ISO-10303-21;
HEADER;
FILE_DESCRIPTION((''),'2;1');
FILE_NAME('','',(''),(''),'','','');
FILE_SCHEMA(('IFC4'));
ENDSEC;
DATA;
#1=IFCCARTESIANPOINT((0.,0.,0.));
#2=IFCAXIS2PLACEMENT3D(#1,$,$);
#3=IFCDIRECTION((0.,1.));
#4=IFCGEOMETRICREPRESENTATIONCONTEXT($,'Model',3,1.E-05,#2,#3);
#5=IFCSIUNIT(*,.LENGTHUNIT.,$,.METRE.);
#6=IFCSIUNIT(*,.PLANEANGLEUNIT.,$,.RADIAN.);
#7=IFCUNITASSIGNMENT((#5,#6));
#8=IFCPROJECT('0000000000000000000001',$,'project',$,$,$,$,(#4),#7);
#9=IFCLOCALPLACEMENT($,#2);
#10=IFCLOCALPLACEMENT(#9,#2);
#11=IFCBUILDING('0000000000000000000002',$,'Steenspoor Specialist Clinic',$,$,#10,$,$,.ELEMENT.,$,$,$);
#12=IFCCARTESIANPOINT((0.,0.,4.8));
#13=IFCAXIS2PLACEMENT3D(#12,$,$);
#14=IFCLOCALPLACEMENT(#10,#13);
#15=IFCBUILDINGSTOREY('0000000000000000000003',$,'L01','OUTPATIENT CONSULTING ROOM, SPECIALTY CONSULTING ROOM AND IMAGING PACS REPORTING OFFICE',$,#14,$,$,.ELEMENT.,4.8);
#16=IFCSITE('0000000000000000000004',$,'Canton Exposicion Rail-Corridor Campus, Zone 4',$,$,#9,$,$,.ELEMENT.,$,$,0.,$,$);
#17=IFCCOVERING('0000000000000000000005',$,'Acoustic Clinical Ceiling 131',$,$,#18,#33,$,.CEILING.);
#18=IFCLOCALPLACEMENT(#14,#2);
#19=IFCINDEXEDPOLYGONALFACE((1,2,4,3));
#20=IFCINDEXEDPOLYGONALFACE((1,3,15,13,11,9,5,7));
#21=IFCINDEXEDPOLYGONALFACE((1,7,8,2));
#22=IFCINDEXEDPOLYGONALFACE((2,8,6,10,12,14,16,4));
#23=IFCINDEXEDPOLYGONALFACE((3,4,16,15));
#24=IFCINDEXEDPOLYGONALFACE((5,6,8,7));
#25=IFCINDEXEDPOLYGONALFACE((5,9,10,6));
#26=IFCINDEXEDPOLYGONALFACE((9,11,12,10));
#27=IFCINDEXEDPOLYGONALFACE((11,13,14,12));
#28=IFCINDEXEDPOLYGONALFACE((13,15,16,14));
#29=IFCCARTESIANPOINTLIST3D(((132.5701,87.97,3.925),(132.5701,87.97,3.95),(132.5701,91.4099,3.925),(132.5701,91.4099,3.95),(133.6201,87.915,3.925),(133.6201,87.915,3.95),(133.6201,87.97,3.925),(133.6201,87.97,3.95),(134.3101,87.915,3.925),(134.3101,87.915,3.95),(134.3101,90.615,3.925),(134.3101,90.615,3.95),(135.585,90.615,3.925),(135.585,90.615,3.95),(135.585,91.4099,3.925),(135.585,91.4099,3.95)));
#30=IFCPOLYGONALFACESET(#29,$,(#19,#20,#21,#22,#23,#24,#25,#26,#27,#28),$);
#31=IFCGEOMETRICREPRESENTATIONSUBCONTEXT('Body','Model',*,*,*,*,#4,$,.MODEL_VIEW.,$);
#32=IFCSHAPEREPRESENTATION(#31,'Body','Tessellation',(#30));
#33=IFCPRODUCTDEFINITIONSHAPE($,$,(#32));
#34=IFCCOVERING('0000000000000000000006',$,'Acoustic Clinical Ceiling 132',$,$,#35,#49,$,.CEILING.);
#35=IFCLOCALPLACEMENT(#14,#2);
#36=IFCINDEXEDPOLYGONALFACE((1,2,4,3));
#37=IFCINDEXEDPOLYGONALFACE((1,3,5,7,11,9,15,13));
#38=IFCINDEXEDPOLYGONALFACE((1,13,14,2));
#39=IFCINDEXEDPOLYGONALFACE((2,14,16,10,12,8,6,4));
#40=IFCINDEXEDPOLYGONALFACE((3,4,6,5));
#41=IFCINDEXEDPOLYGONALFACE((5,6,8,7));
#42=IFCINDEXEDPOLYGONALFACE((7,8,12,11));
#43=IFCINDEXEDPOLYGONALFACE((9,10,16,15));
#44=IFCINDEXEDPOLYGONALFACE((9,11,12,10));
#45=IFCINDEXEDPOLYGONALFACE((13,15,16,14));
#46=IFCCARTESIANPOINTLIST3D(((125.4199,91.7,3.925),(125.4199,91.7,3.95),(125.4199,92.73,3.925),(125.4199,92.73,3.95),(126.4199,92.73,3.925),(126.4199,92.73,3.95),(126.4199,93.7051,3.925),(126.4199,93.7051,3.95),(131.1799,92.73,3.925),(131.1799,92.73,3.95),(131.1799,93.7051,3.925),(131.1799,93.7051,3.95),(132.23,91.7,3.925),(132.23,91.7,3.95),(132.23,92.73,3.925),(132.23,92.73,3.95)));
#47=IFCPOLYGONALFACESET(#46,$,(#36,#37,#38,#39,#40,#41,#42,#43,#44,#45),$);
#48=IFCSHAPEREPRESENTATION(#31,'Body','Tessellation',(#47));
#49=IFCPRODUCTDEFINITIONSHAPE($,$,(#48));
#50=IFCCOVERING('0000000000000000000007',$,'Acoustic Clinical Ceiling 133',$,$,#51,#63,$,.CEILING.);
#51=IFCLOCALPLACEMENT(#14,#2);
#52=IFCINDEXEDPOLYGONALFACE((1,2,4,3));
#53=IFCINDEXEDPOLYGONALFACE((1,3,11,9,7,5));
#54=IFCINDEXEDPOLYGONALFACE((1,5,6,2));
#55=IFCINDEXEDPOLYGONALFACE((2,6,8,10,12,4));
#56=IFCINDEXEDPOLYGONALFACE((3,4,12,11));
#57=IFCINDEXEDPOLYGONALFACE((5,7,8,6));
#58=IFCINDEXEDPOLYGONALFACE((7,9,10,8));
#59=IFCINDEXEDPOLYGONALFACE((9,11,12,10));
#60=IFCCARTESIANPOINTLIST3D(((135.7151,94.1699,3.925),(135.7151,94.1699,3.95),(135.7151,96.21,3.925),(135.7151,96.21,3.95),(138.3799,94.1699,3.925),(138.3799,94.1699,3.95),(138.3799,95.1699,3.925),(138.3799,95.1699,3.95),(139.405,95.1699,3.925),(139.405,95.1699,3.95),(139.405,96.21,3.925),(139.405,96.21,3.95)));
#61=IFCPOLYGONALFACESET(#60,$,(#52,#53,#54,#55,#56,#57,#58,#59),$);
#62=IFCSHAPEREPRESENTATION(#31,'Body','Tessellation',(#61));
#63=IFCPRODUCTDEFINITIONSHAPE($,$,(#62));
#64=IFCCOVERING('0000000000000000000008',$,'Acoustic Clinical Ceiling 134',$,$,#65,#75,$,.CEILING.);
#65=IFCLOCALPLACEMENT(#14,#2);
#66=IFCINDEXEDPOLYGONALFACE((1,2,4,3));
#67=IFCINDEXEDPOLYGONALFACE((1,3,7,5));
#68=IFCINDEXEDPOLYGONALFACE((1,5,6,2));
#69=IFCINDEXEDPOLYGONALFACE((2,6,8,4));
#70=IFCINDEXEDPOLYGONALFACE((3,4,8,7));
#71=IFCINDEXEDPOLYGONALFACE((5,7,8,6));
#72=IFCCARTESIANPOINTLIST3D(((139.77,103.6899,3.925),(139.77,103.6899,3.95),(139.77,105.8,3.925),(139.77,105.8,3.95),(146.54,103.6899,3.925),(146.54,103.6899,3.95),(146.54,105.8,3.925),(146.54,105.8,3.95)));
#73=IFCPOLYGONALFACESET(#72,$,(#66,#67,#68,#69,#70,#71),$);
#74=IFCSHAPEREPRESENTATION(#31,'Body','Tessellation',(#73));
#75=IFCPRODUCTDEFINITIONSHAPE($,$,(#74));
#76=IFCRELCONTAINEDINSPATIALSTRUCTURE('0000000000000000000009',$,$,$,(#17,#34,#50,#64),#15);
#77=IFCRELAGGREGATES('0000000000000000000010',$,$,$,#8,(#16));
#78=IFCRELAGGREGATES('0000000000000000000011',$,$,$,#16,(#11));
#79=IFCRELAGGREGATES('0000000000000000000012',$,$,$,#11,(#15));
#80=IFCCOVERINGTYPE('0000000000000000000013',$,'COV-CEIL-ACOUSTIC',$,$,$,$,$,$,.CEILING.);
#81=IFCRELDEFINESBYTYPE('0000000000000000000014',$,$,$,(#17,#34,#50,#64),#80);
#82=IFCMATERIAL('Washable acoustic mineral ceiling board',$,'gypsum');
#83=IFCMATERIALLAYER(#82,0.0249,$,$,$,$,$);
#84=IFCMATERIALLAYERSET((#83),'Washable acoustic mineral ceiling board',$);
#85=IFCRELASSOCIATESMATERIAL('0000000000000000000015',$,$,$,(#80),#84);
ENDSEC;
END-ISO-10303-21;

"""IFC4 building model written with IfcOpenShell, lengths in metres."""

from ifc_helpers import new_model, si_unit, direction, frame, origin, place, context, subcontext, project, spatial, polyline, outline, extrude, material, layer, layer_set, type_object, element, save


model = new_model("IFC4")

# Units and contexts
model_context = context("Model", 3, precision=1e-05, world=origin(), true_north=direction((0.0, 1.0)))
body_context = subcontext(model_context, "Body", "Model", "MODEL_VIEW")
ifc_project = project(units=[si_unit("LENGTHUNIT", "METRE"), si_unit("PLANEANGLEUNIT", "RADIAN")], contexts=[model_context])

# Site, building, storey
site_placement = place(None, origin())
site = spatial("IfcSite", under=ifc_project, at=site_placement, Name="Canton Exposicion Rail-Corridor Campus, Zone 4", CompositionType="ELEMENT", RefElevation=0.0)
building_placement = place(site_placement, origin())
building = spatial("IfcBuilding", under=site, at=building_placement, Name="Steenspoor Specialist Clinic", CompositionType="ELEMENT")
storey_placement = place(building_placement, frame((0.0, 0.0, 4.8)))
storey = spatial("IfcBuildingStorey", under=building, at=storey_placement, Name="L01", Description="OUTPATIENT CONSULTING ROOM, SPECIALTY CONSULTING ROOM AND IMAGING PACS REPORTING OFFICE", CompositionType="ELEMENT", Elevation=4.8)

# Coverings
ifc_material = material(Name="Washable acoustic mineral ceiling board", Category="gypsum")
ifc_layer = layer(ifc_material, 0.0249)
ifc_layer_set = layer_set([ifc_layer], Name="Washable acoustic mineral ceiling board")
covering_type = type_object("IfcCoveringType", Name="COV-CEIL-ACOUSTIC", PredefinedType="CEILING", material=ifc_layer_set)
covering_1_placement = place(storey_placement, frame((0.0, 0.0, 3.925)))
element("IfcCovering", 1, at=covering_1_placement, inside=storey, type_object=covering_type, Name="Acoustic Clinical Ceiling 131", PredefinedType="CEILING", context=body_context, shape_type="SweptSolid", body=[
    extrude(outline(polyline([(134.3101, 90.615), (134.3101, 87.915), (133.6201, 87.915), (133.6201, 87.97), (132.5701, 87.97), (132.5701, 91.4099), (135.585, 91.4099), (135.585, 90.615), (134.3101, 90.615)])), origin(), (0.0, 0.0, 1.0), 0.0249),
])
covering_2_placement = place(storey_placement, frame((0.0, 0.0, 3.925)))
element("IfcCovering", 2, at=covering_2_placement, inside=storey, type_object=covering_type, Name="Acoustic Clinical Ceiling 132", PredefinedType="CEILING", context=body_context, shape_type="SweptSolid", body=[
    extrude(outline(polyline([(126.4199, 92.73), (126.4199, 93.7051), (131.1799, 93.7051), (131.1799, 92.73), (132.23, 92.73), (132.23, 91.7), (125.4199, 91.7), (125.4199, 92.73), (126.4199, 92.73)])), origin(), (0.0, 0.0, 1.0), 0.0249),
])
covering_3_placement = place(storey_placement, frame((0.0, 0.0, 3.925)))
element("IfcCovering", 3, at=covering_3_placement, inside=storey, type_object=covering_type, Name="Acoustic Clinical Ceiling 133", PredefinedType="CEILING", context=body_context, shape_type="SweptSolid", body=[
    extrude(outline(polyline([(135.7151, 96.21), (139.405, 96.21), (139.405, 95.1699), (138.3799, 95.1699), (138.3799, 94.1699), (135.7151, 94.1699), (135.7151, 96.21)])), origin(), (0.0, 0.0, 1.0), 0.0249),
])
covering_4_placement = place(storey_placement, frame((0.0, 0.0, 3.925)))
element("IfcCovering", 4, at=covering_4_placement, inside=storey, type_object=covering_type, Name="Acoustic Clinical Ceiling 134", PredefinedType="CEILING", context=body_context, shape_type="SweptSolid", body=[
    extrude(outline(polyline([(146.54, 103.6899), (139.77, 103.6899), (139.77, 105.8), (146.54, 105.8), (146.54, 103.6899)])), origin(), (0.0, 0.0, 1.0), 0.0249),
])

save(model, "model.ifc")
